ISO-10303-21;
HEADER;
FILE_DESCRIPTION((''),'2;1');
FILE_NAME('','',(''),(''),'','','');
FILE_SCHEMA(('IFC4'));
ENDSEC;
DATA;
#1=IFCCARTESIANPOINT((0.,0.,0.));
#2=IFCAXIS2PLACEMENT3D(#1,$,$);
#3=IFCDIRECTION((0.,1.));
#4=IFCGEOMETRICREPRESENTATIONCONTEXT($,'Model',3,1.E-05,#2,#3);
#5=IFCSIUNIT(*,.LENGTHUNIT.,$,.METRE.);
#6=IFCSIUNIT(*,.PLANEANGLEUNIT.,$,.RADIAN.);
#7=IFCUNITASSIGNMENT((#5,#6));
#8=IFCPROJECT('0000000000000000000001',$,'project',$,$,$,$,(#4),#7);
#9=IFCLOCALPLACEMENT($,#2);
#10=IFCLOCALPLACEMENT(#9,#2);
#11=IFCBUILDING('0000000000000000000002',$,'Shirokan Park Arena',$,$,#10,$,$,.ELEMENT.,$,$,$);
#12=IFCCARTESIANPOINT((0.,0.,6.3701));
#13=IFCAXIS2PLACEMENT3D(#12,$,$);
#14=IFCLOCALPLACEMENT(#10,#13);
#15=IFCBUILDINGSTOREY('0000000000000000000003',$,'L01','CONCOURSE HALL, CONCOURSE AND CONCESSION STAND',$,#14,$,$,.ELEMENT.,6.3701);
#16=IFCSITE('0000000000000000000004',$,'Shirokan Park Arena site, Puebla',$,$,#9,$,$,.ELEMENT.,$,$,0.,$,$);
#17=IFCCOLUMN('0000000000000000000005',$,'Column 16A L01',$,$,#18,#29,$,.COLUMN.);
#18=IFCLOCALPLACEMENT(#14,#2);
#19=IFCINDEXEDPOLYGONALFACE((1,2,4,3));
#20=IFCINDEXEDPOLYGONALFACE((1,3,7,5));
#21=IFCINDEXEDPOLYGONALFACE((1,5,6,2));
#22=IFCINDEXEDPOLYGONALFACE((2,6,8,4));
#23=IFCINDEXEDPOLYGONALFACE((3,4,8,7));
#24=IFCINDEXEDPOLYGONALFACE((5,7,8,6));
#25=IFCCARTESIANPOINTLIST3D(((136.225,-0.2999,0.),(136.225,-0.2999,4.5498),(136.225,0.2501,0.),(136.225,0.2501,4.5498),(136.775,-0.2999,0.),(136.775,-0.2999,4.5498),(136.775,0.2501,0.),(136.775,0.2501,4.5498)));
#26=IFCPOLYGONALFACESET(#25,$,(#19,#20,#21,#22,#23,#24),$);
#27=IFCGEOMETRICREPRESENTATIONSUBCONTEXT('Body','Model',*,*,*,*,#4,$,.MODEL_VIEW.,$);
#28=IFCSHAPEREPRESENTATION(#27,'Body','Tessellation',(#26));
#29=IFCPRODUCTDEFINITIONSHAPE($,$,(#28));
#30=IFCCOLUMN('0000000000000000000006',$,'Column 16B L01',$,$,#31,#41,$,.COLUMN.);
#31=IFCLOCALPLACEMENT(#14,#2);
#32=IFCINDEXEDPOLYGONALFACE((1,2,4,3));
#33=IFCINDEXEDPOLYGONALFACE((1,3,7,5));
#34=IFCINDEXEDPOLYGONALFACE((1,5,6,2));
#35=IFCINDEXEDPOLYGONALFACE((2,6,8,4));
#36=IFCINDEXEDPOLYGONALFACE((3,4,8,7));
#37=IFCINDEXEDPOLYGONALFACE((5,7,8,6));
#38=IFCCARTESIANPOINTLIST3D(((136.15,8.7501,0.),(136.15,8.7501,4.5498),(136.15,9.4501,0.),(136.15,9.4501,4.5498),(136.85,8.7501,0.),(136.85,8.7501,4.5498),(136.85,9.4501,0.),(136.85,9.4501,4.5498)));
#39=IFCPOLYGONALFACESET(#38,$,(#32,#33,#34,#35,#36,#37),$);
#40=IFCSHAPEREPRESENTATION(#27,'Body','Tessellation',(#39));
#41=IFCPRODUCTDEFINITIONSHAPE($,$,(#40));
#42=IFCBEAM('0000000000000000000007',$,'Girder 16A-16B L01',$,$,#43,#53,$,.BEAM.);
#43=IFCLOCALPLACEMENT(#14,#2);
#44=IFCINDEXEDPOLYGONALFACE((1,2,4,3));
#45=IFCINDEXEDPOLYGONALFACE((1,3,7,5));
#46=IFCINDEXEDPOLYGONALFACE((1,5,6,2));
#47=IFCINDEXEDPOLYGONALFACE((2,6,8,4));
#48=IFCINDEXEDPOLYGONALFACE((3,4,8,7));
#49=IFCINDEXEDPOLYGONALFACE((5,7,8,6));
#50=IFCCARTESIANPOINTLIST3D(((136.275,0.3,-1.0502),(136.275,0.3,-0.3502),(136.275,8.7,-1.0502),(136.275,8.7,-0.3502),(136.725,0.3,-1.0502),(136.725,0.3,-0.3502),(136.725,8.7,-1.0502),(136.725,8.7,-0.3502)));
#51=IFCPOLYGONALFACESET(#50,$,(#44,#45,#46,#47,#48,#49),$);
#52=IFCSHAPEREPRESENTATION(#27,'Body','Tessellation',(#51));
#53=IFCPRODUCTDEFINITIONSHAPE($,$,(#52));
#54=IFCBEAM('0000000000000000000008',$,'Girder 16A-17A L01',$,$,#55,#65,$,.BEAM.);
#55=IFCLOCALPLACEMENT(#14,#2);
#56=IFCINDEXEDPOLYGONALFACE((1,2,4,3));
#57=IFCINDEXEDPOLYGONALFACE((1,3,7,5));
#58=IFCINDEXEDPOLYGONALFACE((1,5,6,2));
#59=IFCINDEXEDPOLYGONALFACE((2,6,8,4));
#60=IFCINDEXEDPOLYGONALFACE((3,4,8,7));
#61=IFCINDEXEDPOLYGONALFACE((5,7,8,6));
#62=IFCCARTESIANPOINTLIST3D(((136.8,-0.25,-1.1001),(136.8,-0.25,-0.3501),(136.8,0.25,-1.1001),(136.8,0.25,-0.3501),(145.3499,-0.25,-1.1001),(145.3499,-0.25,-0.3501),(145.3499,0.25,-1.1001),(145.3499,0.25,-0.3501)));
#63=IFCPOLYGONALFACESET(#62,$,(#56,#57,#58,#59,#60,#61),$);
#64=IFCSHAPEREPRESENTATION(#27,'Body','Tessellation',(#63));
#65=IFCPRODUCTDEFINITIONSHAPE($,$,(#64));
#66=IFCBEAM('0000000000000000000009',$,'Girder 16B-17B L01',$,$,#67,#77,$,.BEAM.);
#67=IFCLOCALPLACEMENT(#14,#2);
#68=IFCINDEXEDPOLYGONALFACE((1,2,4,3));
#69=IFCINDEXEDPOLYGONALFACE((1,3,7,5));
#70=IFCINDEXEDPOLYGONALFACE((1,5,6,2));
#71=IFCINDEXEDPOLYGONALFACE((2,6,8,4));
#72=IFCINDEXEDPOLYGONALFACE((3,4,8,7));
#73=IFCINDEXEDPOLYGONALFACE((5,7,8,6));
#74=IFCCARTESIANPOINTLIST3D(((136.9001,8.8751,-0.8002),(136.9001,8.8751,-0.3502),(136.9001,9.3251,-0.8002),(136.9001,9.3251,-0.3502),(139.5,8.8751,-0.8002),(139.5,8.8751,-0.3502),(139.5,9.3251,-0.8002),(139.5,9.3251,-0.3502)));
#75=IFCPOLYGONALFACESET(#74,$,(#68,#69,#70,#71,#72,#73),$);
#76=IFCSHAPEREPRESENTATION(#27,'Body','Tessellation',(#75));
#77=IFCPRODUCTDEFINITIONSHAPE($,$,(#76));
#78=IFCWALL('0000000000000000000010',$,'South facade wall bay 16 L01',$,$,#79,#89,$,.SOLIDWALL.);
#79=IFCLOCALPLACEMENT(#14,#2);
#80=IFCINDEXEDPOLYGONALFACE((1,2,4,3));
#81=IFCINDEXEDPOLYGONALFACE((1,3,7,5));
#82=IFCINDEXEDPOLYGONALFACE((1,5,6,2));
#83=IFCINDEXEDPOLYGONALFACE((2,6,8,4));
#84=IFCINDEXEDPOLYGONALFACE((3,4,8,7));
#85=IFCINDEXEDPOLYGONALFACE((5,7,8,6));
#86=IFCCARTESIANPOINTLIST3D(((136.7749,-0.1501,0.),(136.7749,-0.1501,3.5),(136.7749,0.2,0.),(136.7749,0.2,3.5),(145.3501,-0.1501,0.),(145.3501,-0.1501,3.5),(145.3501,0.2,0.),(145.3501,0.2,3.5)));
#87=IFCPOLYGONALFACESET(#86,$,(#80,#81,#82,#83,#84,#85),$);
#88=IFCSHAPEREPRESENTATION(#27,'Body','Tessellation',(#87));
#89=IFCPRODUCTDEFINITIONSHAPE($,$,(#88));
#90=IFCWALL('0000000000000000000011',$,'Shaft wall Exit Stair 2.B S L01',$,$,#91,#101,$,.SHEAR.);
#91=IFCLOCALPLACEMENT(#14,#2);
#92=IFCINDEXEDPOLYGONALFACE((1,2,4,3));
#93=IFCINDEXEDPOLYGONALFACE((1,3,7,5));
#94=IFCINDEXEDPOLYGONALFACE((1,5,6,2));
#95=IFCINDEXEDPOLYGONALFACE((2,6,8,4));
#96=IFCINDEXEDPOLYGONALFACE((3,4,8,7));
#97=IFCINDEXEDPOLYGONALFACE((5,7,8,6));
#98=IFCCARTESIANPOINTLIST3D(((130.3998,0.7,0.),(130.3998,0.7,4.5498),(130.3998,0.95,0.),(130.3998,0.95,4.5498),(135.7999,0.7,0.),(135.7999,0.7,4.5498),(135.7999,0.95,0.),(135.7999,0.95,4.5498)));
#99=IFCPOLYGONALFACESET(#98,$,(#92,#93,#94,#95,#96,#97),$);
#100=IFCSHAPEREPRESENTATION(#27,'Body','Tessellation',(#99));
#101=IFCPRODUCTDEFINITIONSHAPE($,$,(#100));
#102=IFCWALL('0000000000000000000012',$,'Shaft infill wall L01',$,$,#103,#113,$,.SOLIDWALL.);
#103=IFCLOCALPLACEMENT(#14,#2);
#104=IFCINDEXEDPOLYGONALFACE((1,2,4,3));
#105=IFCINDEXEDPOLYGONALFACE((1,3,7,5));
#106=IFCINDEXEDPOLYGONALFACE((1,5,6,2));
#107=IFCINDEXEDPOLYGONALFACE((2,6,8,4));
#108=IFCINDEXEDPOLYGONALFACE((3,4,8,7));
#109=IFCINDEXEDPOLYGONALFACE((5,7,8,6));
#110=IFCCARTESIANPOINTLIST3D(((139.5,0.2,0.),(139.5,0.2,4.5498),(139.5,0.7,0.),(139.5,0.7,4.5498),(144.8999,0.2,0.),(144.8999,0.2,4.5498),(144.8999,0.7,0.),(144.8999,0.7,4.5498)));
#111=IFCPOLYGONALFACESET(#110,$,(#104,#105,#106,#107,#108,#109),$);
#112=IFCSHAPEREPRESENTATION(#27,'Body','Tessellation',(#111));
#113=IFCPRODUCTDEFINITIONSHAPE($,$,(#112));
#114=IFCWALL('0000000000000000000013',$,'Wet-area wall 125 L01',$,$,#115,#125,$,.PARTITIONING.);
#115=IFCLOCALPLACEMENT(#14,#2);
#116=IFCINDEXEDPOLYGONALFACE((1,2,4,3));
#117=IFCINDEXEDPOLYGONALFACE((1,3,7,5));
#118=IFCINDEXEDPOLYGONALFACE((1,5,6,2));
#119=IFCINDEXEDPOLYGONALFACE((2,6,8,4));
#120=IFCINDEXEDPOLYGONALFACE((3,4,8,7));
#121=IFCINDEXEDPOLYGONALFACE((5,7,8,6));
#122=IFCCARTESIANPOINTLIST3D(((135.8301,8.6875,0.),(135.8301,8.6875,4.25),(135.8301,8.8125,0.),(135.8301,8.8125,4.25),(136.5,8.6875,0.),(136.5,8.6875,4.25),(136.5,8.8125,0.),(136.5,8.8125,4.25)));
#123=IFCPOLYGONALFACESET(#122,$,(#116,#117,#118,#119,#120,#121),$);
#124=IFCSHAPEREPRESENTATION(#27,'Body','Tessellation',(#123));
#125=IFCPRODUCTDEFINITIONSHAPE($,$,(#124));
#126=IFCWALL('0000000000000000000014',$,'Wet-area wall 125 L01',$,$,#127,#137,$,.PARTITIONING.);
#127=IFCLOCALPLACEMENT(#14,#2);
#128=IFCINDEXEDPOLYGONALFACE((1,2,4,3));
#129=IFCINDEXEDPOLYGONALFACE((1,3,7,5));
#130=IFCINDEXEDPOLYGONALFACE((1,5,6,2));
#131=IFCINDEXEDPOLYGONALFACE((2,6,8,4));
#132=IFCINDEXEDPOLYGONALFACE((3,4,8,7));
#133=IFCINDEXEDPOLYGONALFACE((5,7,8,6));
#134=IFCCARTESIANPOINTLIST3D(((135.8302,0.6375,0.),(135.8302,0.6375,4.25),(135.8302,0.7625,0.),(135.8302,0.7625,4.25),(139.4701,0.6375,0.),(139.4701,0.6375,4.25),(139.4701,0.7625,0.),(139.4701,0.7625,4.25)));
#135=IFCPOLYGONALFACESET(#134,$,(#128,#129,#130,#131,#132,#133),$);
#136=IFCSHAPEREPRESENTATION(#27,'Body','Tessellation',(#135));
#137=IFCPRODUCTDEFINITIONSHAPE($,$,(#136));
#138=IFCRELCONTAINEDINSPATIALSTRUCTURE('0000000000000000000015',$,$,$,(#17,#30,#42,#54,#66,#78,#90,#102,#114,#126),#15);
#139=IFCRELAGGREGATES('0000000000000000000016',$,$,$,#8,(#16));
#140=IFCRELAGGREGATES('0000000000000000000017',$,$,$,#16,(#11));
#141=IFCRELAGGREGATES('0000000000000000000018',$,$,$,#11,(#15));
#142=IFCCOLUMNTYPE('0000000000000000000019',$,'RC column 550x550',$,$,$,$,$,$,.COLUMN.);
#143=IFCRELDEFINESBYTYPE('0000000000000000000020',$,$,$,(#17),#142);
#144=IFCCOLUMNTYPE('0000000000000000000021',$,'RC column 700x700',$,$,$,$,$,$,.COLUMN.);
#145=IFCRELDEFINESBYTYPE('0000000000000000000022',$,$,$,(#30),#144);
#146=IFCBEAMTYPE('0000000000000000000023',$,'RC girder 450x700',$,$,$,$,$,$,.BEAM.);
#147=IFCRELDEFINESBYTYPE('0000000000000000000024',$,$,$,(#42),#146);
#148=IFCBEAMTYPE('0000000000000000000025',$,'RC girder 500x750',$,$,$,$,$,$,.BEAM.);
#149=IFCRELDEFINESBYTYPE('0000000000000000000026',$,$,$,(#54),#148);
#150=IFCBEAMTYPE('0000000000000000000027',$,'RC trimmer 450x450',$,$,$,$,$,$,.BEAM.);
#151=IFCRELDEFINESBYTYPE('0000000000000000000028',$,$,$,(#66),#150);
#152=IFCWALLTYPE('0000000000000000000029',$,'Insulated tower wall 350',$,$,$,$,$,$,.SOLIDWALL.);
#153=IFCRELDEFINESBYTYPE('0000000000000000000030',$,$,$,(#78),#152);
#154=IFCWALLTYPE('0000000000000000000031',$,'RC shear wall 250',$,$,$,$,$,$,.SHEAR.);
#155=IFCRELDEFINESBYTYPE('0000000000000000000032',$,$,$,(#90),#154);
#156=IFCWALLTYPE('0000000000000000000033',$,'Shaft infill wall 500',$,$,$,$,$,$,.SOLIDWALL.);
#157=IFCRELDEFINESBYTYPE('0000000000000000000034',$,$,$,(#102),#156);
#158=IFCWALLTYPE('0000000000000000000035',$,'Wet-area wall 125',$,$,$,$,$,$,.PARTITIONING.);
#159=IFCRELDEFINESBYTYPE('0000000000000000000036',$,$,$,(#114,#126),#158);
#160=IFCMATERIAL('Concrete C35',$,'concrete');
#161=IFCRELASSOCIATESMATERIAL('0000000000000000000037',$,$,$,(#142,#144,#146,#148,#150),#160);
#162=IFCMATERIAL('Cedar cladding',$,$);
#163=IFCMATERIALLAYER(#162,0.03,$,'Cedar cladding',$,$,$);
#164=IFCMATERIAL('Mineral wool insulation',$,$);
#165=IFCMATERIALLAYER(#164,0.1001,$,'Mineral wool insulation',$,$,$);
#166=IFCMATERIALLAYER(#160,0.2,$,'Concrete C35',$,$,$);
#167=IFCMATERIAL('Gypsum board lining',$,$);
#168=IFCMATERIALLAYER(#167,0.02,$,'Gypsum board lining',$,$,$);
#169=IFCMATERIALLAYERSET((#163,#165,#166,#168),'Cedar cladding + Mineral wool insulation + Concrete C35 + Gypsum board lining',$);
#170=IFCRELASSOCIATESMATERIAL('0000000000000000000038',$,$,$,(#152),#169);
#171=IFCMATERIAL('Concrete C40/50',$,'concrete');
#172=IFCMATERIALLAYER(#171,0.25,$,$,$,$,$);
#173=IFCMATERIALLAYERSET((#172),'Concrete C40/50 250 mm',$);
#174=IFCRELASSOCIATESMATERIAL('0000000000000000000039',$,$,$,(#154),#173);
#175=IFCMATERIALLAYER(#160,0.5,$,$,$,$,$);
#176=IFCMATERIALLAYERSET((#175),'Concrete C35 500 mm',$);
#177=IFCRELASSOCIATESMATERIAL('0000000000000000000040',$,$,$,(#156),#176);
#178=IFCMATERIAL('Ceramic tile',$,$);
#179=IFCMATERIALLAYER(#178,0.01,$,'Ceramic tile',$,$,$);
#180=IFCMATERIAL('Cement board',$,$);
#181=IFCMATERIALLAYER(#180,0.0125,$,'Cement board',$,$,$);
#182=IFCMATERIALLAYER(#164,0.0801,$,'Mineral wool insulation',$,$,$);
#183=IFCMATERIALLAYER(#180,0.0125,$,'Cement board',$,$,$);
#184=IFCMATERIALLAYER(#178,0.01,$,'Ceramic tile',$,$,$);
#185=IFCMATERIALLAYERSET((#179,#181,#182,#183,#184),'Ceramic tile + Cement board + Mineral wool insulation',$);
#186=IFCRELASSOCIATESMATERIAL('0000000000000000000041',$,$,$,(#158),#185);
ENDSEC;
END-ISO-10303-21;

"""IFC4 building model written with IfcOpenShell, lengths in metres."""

from ifc_helpers import new_model, si_unit, direction, frame, frame_2d, origin, origin_2d, place, context, subcontext, project, spatial, rectangle, extrude, material, layer, layer_set, material_profile, profile_set, type_object, element, save


model = new_model("IFC4")

# Units and contexts
model_context = context("Model", 3, precision=1e-05, world=origin(), true_north=direction((0.0, 1.0)))
body_context = subcontext(model_context, "Body", "Model", "MODEL_VIEW")
ifc_project = project(units=[si_unit("LENGTHUNIT", "METRE"), si_unit("PLANEANGLEUNIT", "RADIAN")], contexts=[model_context])

# Site, building, storey
site_placement = place(None, origin())
site = spatial("IfcSite", under=ifc_project, at=site_placement, Name="Shirokan Park Arena site, Puebla", CompositionType="ELEMENT", RefElevation=0.0)
building_placement = place(site_placement, origin())
building = spatial("IfcBuilding", under=site, at=building_placement, Name="Shirokan Park Arena", CompositionType="ELEMENT")
storey_placement = place(building_placement, frame((0.0, 0.0, 6.3701)))
storey = spatial("IfcBuildingStorey", under=building, at=storey_placement, Name="L01", Description="CONCOURSE HALL, CONCOURSE AND CONCESSION STAND", CompositionType="ELEMENT", Elevation=6.3701)

# Columns
ifc_material_1 = material(Name="Concrete C35", Category="concrete")
ifc_material_profile_1 = material_profile(ifc_material_1, rectangle(XDim=0.55, YDim=0.55, at=origin_2d()), Name="550x550")
ifc_profile_set_1 = profile_set([ifc_material_profile_1], Name="Concrete C35")
column_type_1 = type_object("IfcColumnType", Name="RC column 550x550", PredefinedType="COLUMN", material=ifc_profile_set_1)
column_1_placement = place(storey_placement, frame((136.5, -0.0249, 0.0), z_axis=(0.0, 0.0, 1.0), x_axis=(1.0, 0.0, 0.0)))
element("IfcColumn", 1, at=column_1_placement, inside=storey, type_object=column_type_1, Name="Column 16A L01", PredefinedType="COLUMN", context=body_context, shape_type="SweptSolid", body=[
    extrude(rectangle(XDim=0.55, YDim=0.55, at=origin_2d()), origin(), (0.0, 0.0, 1.0), 4.5498),
])
ifc_material_profile_2 = material_profile(ifc_material_1, rectangle(XDim=0.7, YDim=0.7, at=origin_2d()), Name="700x700")
ifc_profile_set_2 = profile_set([ifc_material_profile_2], Name="Concrete C35")
column_type_2 = type_object("IfcColumnType", Name="RC column 700x700", PredefinedType="COLUMN", material=ifc_profile_set_2)
column_2_placement = place(storey_placement, frame((136.5, 9.1001, 0.0), z_axis=(0.0, 0.0, 1.0), x_axis=(1.0, 0.0, 0.0)))
element("IfcColumn", 2, at=column_2_placement, inside=storey, type_object=column_type_2, Name="Column 16B L01", PredefinedType="COLUMN", context=body_context, shape_type="SweptSolid", body=[
    extrude(rectangle(XDim=0.7, YDim=0.7, at=origin_2d()), origin(), (0.0, 0.0, 1.0), 4.5498),
])

# Beams
ifc_material_profile_3 = material_profile(ifc_material_1, rectangle(XDim=0.45, YDim=0.7, at=origin_2d()), Name="450x700")
ifc_profile_set_3 = profile_set([ifc_material_profile_3], Name="Concrete C35")
beam_type_1 = type_object("IfcBeamType", Name="RC girder 450x700", PredefinedType="BEAM", material=ifc_profile_set_3)
beam_1_placement = place(storey_placement, frame((136.5, 0.3, -0.7002), z_axis=(0.0, 1.0, 0.0), x_axis=(-1.0, 0.0, 0.0)))
element("IfcBeam", 3, at=beam_1_placement, inside=storey, type_object=beam_type_1, Name="Girder 16A-16B L01", PredefinedType="BEAM", context=body_context, shape_type="SweptSolid", body=[
    extrude(rectangle(XDim=0.45, YDim=0.7, at=origin_2d()), origin(), (0.0, 0.0, 1.0), 8.3999),
])
ifc_material_profile_4 = material_profile(ifc_material_1, rectangle(XDim=0.5, YDim=0.75, at=origin_2d()), Name="500x750")
ifc_profile_set_4 = profile_set([ifc_material_profile_4], Name="Concrete C35")
beam_type_2 = type_object("IfcBeamType", Name="RC girder 500x750", PredefinedType="BEAM", material=ifc_profile_set_4)
beam_2_placement = place(storey_placement, frame((136.8, 0.0, -0.7251), z_axis=(1.0, 0.0, 0.0), x_axis=(0.0, 1.0, 0.0)))
element("IfcBeam", 4, at=beam_2_placement, inside=storey, type_object=beam_type_2, Name="Girder 16A-17A L01", PredefinedType="BEAM", context=body_context, shape_type="SweptSolid", body=[
    extrude(rectangle(XDim=0.5, YDim=0.75, at=origin_2d()), origin(), (0.0, 0.0, 1.0), 8.5498),
])
ifc_material_profile_5 = material_profile(ifc_material_1, rectangle(XDim=0.45, YDim=0.45, at=origin_2d()), Name="450x450")
ifc_profile_set_5 = profile_set([ifc_material_profile_5], Name="Concrete C35")
beam_type_3 = type_object("IfcBeamType", Name="RC trimmer 450x450", PredefinedType="BEAM", material=ifc_profile_set_5)
beam_3_placement = place(storey_placement, frame((136.9001, 9.1001, -0.5752), z_axis=(1.0, 0.0, 0.0), x_axis=(0.0, 1.0, 0.0)))
element("IfcBeam", 5, at=beam_3_placement, inside=storey, type_object=beam_type_3, Name="Girder 16B-17B L01", PredefinedType="BEAM", context=body_context, shape_type="SweptSolid", body=[
    extrude(rectangle(XDim=0.45, YDim=0.45, at=origin_2d()), origin(), (0.0, 0.0, 1.0), 2.5999),
])

# Walls
ifc_material_2 = material(Name="Cedar cladding")
ifc_layer_1 = layer(ifc_material_2, 0.03, Name="Cedar cladding")
ifc_material_3 = material(Name="Mineral wool insulation")
ifc_layer_2 = layer(ifc_material_3, 0.1001, Name="Mineral wool insulation")
ifc_layer_3 = layer(ifc_material_1, 0.2, Name="Concrete C35")
ifc_material_4 = material(Name="Gypsum board lining")
ifc_layer_4 = layer(ifc_material_4, 0.02, Name="Gypsum board lining")
ifc_layer_set_1 = layer_set([ifc_layer_1, ifc_layer_2, ifc_layer_3, ifc_layer_4], Name="Cedar cladding + Mineral wool insulation + Concrete C35 + Gypsum board lining")
wall_type_1 = type_object("IfcWallType", Name="Insulated tower wall 350", PredefinedType="SOLIDWALL", material=ifc_layer_set_1)
wall_1_placement = place(storey_placement, frame((136.7749, 0.0249, 0.0), z_axis=(0.0, 0.0, 1.0), x_axis=(1.0, 0.0, 0.0)))
element("IfcWall", 6, at=wall_1_placement, inside=storey, type_object=wall_type_1, Name="South facade wall bay 16 L01", PredefinedType="SOLIDWALL", context=body_context, shape_type="SweptSolid", body=[
    extrude(rectangle(XDim=8.5752, YDim=0.3501, at=frame_2d((4.2876, 0.0))), origin(), (0.0, 0.0, 1.0), 3.5),
])
ifc_material_5 = material(Name="Concrete C40/50", Category="concrete")
ifc_layer_5 = layer(ifc_material_5, 0.25)
ifc_layer_set_2 = layer_set([ifc_layer_5], Name="Concrete C40/50 250 mm")
wall_type_2 = type_object("IfcWallType", Name="RC shear wall 250", PredefinedType="SHEAR", material=ifc_layer_set_2)
wall_2_placement = place(storey_placement, frame((135.8, 0.825, 0.0), z_axis=(0.0, 0.0, 1.0), x_axis=(-1.0, 0.0, 0.0)))
element("IfcWall", 7, at=wall_2_placement, inside=storey, type_object=wall_type_2, Name="Shaft wall Exit Stair 2.B S L01", PredefinedType="SHEAR", context=body_context, shape_type="SweptSolid", body=[
    extrude(rectangle(XDim=5.4001, YDim=0.25, at=frame_2d((2.7002, 0.0))), origin(), (0.0, 0.0, 1.0), 4.5498),
])
ifc_layer_6 = layer(ifc_material_1, 0.5)
ifc_layer_set_3 = layer_set([ifc_layer_6], Name="Concrete C35 500 mm")
wall_type_3 = type_object("IfcWallType", Name="Shaft infill wall 500", PredefinedType="SOLIDWALL", material=ifc_layer_set_3)
wall_3_placement = place(storey_placement, frame((139.5, 0.45, 0.0), z_axis=(0.0, 0.0, 1.0), x_axis=(1.0, 0.0, 0.0)))
element("IfcWall", 8, at=wall_3_placement, inside=storey, type_object=wall_type_3, Name="Shaft infill wall L01", PredefinedType="SOLIDWALL", context=body_context, shape_type="SweptSolid", body=[
    extrude(rectangle(XDim=5.3999, YDim=0.5, at=frame_2d((2.7, 0.0))), origin(), (0.0, 0.0, 1.0), 4.5498),
])
ifc_material_6 = material(Name="Ceramic tile")
ifc_layer_7 = layer(ifc_material_6, 0.01, Name="Ceramic tile")
ifc_material_7 = material(Name="Cement board")
ifc_layer_8 = layer(ifc_material_7, 0.0125, Name="Cement board")
ifc_layer_9 = layer(ifc_material_3, 0.0801, Name="Mineral wool insulation")
ifc_layer_10 = layer(ifc_material_7, 0.0125, Name="Cement board")
ifc_layer_11 = layer(ifc_material_6, 0.01, Name="Ceramic tile")
ifc_layer_set_4 = layer_set([ifc_layer_7, ifc_layer_8, ifc_layer_9, ifc_layer_10, ifc_layer_11], Name="Ceramic tile + Cement board + Mineral wool insulation")
wall_type_4 = type_object("IfcWallType", Name="Wet-area wall 125", PredefinedType="PARTITIONING", material=ifc_layer_set_4)
wall_4_placement = place(storey_placement, frame((135.8301, 8.75, 0.0), z_axis=(0.0, 0.0, 1.0), x_axis=(1.0, 0.0, 0.0)))
element("IfcWall", 9, at=wall_4_placement, inside=storey, type_object=wall_type_4, Name="Wet-area wall 125 L01", PredefinedType="PARTITIONING", context=body_context, shape_type="SweptSolid", body=[
    extrude(rectangle(XDim=0.6699, YDim=0.125, at=frame_2d((0.335, 0.0))), origin(), (0.0, 0.0, 1.0), 4.25),
])
wall_5_placement = place(storey_placement, frame((139.47, 0.7, 0.0), z_axis=(0.0, 0.0, 1.0), x_axis=(-1.0, 0.0, 0.0)))
element("IfcWall", 10, at=wall_5_placement, inside=storey, type_object=wall_type_4, Name="Wet-area wall 125 L01", PredefinedType="PARTITIONING", context=body_context, shape_type="SweptSolid", body=[
    extrude(rectangle(XDim=3.6399, YDim=0.125, at=frame_2d((1.8198, 0.0))), origin(), (0.0, 0.0, 1.0), 4.25),
])

save(model, "model.ifc")
